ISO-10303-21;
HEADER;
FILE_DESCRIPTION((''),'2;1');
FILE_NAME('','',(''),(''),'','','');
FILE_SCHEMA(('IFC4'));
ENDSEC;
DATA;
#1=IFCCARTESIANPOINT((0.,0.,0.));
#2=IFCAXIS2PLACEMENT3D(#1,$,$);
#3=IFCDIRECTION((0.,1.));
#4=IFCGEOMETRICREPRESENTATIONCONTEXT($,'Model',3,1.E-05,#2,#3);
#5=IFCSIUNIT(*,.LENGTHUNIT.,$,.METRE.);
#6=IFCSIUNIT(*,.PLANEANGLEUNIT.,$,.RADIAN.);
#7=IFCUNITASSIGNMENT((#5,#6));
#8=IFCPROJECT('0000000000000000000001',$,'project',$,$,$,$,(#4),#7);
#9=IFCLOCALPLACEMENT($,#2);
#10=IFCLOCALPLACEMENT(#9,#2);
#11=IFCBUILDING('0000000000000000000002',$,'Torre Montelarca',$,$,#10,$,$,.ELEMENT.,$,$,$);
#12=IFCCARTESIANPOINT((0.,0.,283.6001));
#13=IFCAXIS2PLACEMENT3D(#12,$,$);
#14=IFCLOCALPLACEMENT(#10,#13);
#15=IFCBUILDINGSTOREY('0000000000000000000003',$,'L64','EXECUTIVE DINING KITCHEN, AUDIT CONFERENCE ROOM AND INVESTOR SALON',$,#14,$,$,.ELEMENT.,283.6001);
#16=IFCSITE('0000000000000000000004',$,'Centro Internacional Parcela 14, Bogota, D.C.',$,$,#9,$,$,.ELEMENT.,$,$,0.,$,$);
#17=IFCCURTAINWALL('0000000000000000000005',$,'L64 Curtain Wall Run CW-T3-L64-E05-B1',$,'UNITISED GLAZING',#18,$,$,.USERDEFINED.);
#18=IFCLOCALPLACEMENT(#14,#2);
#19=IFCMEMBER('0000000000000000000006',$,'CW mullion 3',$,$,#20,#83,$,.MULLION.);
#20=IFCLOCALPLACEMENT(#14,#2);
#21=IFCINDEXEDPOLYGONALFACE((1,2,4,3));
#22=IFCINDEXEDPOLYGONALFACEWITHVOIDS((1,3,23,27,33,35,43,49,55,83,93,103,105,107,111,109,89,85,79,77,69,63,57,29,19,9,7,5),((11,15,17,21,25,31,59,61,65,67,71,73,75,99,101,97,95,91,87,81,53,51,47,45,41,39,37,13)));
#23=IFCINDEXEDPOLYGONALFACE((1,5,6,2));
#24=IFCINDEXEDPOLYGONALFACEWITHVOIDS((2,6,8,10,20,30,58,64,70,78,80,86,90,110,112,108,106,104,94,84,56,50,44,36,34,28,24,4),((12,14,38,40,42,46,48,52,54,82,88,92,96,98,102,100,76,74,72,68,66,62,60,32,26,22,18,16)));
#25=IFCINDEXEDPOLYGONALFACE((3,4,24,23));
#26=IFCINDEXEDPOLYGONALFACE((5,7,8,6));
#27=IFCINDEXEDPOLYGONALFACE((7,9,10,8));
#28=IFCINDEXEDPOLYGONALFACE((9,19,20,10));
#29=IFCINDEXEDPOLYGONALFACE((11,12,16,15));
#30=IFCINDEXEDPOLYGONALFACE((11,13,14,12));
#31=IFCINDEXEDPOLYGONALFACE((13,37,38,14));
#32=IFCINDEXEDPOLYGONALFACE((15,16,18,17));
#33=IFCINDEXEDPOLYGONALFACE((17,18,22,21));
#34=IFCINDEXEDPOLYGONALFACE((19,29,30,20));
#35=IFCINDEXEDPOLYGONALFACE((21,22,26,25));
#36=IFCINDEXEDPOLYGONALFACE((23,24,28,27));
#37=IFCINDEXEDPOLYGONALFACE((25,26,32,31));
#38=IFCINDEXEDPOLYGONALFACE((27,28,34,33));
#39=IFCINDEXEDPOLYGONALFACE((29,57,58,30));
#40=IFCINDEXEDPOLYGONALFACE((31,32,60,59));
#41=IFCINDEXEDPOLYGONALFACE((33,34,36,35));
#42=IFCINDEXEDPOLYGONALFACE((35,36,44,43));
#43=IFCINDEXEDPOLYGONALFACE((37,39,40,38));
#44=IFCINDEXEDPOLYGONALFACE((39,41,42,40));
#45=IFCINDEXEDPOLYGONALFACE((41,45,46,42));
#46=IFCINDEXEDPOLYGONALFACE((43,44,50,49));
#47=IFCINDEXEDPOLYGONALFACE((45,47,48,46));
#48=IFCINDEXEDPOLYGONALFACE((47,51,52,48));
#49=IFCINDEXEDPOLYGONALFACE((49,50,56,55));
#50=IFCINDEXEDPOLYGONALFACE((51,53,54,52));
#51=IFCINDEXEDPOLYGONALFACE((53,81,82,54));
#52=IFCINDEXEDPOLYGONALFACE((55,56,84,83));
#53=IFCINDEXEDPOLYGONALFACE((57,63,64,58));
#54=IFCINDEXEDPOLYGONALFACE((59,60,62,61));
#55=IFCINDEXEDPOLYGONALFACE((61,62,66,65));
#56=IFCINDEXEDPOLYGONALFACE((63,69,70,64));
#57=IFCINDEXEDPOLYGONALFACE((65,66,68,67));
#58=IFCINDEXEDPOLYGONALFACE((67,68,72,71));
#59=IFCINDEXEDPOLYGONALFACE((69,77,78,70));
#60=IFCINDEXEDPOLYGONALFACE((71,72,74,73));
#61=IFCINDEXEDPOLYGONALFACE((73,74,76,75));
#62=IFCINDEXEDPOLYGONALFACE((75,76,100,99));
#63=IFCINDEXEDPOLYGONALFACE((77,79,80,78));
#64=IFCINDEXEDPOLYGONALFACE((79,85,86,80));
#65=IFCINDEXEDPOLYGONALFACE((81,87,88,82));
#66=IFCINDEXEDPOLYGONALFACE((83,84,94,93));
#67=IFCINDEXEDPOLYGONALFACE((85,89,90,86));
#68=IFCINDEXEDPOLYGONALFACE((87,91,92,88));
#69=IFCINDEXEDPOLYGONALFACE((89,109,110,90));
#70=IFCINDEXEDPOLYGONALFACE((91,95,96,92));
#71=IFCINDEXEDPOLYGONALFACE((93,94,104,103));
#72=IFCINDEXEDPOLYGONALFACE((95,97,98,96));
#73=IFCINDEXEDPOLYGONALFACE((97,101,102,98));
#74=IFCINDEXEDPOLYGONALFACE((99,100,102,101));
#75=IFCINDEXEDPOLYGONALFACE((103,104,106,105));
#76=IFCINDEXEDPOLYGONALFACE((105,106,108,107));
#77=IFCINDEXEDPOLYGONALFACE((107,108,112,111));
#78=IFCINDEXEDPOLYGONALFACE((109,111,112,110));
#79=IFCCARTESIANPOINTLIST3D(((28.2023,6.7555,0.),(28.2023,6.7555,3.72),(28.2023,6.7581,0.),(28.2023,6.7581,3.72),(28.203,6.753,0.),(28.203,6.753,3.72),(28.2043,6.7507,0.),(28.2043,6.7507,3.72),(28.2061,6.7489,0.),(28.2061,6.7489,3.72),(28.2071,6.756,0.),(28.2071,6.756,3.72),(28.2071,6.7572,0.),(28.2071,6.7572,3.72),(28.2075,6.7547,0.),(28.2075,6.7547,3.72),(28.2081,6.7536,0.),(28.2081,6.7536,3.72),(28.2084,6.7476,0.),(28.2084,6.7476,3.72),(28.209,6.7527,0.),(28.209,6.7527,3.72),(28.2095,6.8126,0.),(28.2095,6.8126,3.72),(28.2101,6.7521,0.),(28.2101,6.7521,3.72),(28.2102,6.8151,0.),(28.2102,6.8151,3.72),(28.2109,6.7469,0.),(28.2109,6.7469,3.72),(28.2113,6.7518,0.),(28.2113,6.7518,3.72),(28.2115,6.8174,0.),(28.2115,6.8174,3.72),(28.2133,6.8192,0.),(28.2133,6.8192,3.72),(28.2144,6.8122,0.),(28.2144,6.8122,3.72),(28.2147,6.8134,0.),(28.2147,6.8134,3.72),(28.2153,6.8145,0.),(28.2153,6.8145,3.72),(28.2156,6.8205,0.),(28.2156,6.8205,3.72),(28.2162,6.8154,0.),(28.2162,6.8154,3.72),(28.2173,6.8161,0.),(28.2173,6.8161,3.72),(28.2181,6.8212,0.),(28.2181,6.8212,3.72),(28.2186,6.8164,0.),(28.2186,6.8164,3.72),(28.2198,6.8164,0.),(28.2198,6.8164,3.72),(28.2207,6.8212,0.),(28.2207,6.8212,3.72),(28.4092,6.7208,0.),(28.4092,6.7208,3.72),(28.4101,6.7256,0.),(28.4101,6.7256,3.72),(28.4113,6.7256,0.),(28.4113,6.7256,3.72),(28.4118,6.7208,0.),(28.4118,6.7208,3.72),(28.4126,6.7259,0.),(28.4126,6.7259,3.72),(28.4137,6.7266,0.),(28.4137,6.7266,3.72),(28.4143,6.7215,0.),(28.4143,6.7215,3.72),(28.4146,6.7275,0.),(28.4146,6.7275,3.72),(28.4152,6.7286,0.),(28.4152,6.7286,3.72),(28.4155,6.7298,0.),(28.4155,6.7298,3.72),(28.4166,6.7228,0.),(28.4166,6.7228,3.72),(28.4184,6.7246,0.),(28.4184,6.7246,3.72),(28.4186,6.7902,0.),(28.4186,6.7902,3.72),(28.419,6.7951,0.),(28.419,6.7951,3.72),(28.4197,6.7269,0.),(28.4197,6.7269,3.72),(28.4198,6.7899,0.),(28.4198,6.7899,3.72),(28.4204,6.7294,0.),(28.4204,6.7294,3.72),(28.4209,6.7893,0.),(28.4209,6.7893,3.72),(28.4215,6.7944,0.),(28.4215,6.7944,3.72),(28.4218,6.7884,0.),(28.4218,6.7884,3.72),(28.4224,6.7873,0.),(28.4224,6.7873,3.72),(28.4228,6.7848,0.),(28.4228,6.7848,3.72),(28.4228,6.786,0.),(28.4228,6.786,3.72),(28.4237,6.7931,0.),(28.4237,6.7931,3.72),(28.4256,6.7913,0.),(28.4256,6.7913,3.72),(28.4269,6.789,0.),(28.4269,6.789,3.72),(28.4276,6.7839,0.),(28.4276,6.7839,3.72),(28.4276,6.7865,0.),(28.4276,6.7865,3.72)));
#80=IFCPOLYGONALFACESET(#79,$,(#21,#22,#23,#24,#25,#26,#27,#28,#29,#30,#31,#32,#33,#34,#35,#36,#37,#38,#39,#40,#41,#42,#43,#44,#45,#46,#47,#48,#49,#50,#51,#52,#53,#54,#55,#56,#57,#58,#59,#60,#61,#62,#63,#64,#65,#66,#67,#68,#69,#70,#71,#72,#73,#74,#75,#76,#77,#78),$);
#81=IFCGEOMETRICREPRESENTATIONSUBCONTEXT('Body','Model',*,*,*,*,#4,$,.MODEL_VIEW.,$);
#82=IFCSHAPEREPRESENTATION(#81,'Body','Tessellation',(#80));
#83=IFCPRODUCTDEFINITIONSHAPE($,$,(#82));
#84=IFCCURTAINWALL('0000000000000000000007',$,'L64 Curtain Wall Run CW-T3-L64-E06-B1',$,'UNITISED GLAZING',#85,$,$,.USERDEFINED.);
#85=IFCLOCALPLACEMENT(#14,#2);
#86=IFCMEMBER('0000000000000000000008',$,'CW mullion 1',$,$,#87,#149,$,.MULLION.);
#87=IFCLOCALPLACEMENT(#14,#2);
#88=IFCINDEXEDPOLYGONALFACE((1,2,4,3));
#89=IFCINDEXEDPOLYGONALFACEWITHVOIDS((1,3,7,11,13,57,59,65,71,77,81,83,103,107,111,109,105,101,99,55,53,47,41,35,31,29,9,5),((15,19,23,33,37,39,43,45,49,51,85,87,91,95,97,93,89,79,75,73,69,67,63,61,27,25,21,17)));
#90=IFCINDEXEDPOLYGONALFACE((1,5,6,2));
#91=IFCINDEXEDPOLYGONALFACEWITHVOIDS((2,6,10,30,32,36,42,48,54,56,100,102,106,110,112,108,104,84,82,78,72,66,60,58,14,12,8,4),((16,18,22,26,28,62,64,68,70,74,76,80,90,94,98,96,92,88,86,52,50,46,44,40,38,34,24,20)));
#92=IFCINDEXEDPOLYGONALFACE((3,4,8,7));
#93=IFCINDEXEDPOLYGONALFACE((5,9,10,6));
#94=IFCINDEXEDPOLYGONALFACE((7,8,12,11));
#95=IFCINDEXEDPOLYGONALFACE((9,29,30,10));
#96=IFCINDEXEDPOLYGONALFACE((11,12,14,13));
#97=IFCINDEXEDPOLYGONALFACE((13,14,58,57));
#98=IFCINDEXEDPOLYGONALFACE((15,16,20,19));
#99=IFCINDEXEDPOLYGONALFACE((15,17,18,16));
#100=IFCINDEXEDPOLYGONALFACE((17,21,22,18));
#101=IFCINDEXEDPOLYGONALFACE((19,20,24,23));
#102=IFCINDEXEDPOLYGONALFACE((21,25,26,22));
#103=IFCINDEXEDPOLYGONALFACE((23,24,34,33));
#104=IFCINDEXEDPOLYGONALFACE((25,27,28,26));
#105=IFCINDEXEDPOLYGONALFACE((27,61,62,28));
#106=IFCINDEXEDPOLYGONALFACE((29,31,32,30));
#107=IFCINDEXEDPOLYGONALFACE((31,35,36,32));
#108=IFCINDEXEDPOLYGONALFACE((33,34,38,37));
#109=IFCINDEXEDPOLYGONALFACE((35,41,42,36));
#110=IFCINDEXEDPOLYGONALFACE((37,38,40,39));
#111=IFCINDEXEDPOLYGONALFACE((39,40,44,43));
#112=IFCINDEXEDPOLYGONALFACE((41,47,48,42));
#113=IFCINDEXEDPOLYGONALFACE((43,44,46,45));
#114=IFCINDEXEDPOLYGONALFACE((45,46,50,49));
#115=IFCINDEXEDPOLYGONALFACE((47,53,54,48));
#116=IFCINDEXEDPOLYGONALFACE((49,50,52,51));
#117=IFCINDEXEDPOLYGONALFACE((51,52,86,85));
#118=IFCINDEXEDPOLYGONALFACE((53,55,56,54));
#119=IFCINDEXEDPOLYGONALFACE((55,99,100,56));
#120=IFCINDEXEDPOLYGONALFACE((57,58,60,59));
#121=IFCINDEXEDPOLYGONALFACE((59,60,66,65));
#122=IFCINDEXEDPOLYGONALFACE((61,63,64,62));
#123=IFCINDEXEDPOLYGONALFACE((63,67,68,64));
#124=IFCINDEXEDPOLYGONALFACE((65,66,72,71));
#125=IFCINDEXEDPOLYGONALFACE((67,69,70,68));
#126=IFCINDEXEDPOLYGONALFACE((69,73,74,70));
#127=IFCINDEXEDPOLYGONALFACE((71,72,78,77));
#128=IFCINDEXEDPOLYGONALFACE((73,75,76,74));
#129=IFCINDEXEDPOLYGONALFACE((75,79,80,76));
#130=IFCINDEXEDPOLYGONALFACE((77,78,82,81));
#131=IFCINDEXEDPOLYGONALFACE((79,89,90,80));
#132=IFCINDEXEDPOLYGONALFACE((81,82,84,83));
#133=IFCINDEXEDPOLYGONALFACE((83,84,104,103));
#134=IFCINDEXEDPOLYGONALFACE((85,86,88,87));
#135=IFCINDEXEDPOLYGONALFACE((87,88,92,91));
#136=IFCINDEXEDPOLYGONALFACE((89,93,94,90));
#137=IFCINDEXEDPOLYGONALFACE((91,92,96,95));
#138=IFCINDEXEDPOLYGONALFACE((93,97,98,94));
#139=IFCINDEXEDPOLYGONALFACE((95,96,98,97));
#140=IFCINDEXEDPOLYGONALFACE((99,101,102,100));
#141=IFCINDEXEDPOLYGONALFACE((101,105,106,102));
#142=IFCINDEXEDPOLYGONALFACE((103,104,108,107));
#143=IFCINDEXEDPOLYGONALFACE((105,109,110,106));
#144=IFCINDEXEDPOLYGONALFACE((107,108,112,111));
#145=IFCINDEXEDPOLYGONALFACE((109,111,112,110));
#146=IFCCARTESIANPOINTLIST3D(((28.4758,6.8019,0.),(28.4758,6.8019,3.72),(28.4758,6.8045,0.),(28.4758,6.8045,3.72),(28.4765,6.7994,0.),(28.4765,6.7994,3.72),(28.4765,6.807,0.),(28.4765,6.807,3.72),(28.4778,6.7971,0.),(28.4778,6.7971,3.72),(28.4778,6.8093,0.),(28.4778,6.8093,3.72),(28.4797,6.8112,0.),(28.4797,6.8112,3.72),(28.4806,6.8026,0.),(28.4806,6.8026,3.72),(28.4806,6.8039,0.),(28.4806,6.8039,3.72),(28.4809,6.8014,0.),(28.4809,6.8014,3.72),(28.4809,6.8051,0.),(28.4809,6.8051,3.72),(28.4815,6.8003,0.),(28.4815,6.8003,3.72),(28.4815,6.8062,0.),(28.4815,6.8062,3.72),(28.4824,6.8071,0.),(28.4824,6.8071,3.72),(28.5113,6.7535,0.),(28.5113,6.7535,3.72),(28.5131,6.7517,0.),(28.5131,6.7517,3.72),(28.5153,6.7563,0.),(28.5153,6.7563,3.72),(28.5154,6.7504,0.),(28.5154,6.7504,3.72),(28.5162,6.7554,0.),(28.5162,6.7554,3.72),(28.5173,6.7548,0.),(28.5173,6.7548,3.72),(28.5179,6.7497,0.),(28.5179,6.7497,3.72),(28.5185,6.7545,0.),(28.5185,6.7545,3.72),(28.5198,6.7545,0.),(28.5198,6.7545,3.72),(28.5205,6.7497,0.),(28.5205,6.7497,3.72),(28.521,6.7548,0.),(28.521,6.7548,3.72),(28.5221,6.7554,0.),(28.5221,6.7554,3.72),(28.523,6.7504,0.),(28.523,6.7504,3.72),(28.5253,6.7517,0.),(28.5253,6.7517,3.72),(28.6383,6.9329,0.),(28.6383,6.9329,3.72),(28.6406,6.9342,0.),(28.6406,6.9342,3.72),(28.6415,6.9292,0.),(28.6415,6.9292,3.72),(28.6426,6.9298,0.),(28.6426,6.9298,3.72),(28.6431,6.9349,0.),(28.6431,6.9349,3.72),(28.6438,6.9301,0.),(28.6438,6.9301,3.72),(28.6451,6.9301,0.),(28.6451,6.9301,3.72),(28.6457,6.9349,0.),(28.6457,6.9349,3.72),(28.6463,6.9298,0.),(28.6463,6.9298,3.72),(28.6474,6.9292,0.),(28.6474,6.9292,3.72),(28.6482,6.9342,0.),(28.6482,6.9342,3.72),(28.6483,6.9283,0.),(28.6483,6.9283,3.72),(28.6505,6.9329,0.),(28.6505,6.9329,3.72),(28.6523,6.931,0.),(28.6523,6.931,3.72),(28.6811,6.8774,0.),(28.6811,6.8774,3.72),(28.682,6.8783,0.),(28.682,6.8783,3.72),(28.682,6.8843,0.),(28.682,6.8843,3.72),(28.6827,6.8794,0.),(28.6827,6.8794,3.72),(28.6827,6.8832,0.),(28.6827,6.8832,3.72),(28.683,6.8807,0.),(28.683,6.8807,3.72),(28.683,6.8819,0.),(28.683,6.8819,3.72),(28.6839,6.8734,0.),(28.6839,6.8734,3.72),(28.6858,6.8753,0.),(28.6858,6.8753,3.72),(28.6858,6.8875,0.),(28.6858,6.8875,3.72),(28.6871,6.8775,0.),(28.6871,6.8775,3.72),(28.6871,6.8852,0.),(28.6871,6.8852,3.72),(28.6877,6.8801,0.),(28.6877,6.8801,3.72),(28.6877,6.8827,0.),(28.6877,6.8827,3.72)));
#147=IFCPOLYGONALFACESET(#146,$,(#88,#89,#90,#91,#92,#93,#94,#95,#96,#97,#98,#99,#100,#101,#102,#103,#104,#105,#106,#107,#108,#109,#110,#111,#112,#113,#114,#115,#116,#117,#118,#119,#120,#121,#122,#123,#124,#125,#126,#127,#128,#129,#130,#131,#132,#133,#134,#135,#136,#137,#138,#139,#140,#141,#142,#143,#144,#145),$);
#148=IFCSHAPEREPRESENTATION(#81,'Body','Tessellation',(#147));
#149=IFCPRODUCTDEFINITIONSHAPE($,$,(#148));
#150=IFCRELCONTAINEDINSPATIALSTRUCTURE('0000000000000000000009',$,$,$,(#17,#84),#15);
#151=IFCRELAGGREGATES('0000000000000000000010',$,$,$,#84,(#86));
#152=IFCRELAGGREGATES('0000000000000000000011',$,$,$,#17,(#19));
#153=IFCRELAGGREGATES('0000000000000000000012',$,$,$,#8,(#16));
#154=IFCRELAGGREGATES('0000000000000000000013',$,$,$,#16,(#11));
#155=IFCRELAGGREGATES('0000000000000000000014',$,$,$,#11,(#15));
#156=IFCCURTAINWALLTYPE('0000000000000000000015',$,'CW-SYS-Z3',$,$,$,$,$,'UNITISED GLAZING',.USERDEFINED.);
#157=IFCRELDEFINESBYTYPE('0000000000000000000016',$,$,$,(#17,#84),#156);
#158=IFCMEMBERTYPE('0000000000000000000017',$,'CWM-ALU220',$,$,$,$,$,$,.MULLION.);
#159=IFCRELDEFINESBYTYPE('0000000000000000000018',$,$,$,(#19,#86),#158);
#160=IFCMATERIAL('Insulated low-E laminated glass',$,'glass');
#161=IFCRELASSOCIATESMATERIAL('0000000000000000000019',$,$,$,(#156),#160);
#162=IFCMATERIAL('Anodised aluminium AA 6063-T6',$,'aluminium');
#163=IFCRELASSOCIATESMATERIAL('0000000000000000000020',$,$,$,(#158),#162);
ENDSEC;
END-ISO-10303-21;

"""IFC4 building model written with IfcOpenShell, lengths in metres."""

from ifc_helpers import new_model, si_unit, direction, frame, origin, origin_2d, place, context, subcontext, project, spatial, hollow_rectangle, extrude, source, transform, mapped, material, material_profile, profile_set, type_object, element, aggregate, save


model = new_model("IFC4")

# Units and contexts
model_context = context("Model", 3, precision=1e-05, world=origin(), true_north=direction((0.0, 1.0)))
body_context = subcontext(model_context, "Body", "Model", "MODEL_VIEW")
ifc_project = project(units=[si_unit("LENGTHUNIT", "METRE"), si_unit("PLANEANGLEUNIT", "RADIAN")], contexts=[model_context])

# Site, building, storey
site_placement = place(None, origin())
site = spatial("IfcSite", under=ifc_project, at=site_placement, Name="Centro Internacional Parcela 14, Bogota, D.C.", CompositionType="ELEMENT", RefElevation=0.0)
building_placement = place(site_placement, origin())
building = spatial("IfcBuilding", under=site, at=building_placement, Name="Torre Montelarca", CompositionType="ELEMENT")
storey_placement = place(building_placement, frame((0.0, 0.0, 283.6001)))
storey = spatial("IfcBuildingStorey", under=building, at=storey_placement, Name="L64", Description="EXECUTIVE DINING KITCHEN, AUDIT CONFERENCE ROOM AND INVESTOR SALON", CompositionType="ELEMENT", Elevation=283.6001)

# Shared definitions
ifc_material_1 = material(Name="Insulated low-E laminated glass", Category="glass")
curtain_wall_type = type_object("IfcCurtainWallType", Name="CW-SYS-Z3", ElementType="UNITISED GLAZING", PredefinedType="USERDEFINED", material=ifc_material_1)
ifc_material_2 = material(Name="Anodised aluminium AA 6063-T6", Category="aluminium")
ifc_material_profile_1 = material_profile(ifc_material_2, hollow_rectangle(XDim=0.075, YDim=0.22, WallThickness=0.0049, InnerFilletRadius=0.0049, OuterFilletRadius=0.01, at=origin_2d()), Name="ALU75X220X5", Category="aluminium")
ifc_profile_set_1 = profile_set([ifc_material_profile_1], Name="Anodised aluminium AA 6063-T6")
member_type_1 = type_object("IfcMemberType", Name="CWM-ALU220", PredefinedType="MULLION", material=ifc_profile_set_1)
shared_shape_1 = source(origin(), body_context, "Body", "SweptSolid", [
    extrude(hollow_rectangle(XDim=0.075, YDim=0.22, WallThickness=0.0049, InnerFilletRadius=0.0049, OuterFilletRadius=0.01, at=origin_2d()), origin(), (0.0, 0.0, 1.0), 3.72),
])

# Curtain wall, member
curtain_wall_1_placement = place(storey_placement, origin())
curtain_wall_1 = element("IfcCurtainWall", 1, at=curtain_wall_1_placement, inside=storey, type_object=curtain_wall_type, Name="L64 Curtain Wall Run CW-T3-L64-E05-B1", ObjectType="UNITISED GLAZING", PredefinedType="USERDEFINED")
member_1_placement = place(storey_placement, frame((28.3149, 6.771, 0.0), z_axis=(0.0, 0.0, 1.0), x_axis=(0.130514, 0.991446, 0.0)))
member_1 = element("IfcMember", 2, at=member_1_placement, type_object=member_type_1, Name="CW mullion 3", PredefinedType="MULLION", context=body_context, shape_type="MappedRepresentation", body=[
    mapped(shared_shape_1, transform((0.0, 0.0, 0.0), scale=1.0)),
])

# Curtain wall, member
curtain_wall_2_placement = place(storey_placement, origin())
curtain_wall_2 = element("IfcCurtainWall", 3, at=curtain_wall_2_placement, inside=storey, type_object=curtain_wall_type, Name="L64 Curtain Wall Run CW-T3-L64-E06-B1", ObjectType="UNITISED GLAZING", PredefinedType="USERDEFINED")
member_2_placement = place(storey_placement, frame((28.5818, 6.8423, 0.0), z_axis=(0.0, 0.0, 1.0), x_axis=(-0.608763, 0.793352, 0.0)))
member_2 = element("IfcMember", 4, at=member_2_placement, type_object=member_type_1, Name="CW mullion 1", PredefinedType="MULLION", context=body_context, shape_type="MappedRepresentation", body=[
    mapped(shared_shape_1, transform((0.0, 0.0, 0.0), scale=1.0)),
])
aggregate(curtain_wall_2, [member_2])

aggregate(curtain_wall_1, [member_1])

save(model, "model.ifc")
